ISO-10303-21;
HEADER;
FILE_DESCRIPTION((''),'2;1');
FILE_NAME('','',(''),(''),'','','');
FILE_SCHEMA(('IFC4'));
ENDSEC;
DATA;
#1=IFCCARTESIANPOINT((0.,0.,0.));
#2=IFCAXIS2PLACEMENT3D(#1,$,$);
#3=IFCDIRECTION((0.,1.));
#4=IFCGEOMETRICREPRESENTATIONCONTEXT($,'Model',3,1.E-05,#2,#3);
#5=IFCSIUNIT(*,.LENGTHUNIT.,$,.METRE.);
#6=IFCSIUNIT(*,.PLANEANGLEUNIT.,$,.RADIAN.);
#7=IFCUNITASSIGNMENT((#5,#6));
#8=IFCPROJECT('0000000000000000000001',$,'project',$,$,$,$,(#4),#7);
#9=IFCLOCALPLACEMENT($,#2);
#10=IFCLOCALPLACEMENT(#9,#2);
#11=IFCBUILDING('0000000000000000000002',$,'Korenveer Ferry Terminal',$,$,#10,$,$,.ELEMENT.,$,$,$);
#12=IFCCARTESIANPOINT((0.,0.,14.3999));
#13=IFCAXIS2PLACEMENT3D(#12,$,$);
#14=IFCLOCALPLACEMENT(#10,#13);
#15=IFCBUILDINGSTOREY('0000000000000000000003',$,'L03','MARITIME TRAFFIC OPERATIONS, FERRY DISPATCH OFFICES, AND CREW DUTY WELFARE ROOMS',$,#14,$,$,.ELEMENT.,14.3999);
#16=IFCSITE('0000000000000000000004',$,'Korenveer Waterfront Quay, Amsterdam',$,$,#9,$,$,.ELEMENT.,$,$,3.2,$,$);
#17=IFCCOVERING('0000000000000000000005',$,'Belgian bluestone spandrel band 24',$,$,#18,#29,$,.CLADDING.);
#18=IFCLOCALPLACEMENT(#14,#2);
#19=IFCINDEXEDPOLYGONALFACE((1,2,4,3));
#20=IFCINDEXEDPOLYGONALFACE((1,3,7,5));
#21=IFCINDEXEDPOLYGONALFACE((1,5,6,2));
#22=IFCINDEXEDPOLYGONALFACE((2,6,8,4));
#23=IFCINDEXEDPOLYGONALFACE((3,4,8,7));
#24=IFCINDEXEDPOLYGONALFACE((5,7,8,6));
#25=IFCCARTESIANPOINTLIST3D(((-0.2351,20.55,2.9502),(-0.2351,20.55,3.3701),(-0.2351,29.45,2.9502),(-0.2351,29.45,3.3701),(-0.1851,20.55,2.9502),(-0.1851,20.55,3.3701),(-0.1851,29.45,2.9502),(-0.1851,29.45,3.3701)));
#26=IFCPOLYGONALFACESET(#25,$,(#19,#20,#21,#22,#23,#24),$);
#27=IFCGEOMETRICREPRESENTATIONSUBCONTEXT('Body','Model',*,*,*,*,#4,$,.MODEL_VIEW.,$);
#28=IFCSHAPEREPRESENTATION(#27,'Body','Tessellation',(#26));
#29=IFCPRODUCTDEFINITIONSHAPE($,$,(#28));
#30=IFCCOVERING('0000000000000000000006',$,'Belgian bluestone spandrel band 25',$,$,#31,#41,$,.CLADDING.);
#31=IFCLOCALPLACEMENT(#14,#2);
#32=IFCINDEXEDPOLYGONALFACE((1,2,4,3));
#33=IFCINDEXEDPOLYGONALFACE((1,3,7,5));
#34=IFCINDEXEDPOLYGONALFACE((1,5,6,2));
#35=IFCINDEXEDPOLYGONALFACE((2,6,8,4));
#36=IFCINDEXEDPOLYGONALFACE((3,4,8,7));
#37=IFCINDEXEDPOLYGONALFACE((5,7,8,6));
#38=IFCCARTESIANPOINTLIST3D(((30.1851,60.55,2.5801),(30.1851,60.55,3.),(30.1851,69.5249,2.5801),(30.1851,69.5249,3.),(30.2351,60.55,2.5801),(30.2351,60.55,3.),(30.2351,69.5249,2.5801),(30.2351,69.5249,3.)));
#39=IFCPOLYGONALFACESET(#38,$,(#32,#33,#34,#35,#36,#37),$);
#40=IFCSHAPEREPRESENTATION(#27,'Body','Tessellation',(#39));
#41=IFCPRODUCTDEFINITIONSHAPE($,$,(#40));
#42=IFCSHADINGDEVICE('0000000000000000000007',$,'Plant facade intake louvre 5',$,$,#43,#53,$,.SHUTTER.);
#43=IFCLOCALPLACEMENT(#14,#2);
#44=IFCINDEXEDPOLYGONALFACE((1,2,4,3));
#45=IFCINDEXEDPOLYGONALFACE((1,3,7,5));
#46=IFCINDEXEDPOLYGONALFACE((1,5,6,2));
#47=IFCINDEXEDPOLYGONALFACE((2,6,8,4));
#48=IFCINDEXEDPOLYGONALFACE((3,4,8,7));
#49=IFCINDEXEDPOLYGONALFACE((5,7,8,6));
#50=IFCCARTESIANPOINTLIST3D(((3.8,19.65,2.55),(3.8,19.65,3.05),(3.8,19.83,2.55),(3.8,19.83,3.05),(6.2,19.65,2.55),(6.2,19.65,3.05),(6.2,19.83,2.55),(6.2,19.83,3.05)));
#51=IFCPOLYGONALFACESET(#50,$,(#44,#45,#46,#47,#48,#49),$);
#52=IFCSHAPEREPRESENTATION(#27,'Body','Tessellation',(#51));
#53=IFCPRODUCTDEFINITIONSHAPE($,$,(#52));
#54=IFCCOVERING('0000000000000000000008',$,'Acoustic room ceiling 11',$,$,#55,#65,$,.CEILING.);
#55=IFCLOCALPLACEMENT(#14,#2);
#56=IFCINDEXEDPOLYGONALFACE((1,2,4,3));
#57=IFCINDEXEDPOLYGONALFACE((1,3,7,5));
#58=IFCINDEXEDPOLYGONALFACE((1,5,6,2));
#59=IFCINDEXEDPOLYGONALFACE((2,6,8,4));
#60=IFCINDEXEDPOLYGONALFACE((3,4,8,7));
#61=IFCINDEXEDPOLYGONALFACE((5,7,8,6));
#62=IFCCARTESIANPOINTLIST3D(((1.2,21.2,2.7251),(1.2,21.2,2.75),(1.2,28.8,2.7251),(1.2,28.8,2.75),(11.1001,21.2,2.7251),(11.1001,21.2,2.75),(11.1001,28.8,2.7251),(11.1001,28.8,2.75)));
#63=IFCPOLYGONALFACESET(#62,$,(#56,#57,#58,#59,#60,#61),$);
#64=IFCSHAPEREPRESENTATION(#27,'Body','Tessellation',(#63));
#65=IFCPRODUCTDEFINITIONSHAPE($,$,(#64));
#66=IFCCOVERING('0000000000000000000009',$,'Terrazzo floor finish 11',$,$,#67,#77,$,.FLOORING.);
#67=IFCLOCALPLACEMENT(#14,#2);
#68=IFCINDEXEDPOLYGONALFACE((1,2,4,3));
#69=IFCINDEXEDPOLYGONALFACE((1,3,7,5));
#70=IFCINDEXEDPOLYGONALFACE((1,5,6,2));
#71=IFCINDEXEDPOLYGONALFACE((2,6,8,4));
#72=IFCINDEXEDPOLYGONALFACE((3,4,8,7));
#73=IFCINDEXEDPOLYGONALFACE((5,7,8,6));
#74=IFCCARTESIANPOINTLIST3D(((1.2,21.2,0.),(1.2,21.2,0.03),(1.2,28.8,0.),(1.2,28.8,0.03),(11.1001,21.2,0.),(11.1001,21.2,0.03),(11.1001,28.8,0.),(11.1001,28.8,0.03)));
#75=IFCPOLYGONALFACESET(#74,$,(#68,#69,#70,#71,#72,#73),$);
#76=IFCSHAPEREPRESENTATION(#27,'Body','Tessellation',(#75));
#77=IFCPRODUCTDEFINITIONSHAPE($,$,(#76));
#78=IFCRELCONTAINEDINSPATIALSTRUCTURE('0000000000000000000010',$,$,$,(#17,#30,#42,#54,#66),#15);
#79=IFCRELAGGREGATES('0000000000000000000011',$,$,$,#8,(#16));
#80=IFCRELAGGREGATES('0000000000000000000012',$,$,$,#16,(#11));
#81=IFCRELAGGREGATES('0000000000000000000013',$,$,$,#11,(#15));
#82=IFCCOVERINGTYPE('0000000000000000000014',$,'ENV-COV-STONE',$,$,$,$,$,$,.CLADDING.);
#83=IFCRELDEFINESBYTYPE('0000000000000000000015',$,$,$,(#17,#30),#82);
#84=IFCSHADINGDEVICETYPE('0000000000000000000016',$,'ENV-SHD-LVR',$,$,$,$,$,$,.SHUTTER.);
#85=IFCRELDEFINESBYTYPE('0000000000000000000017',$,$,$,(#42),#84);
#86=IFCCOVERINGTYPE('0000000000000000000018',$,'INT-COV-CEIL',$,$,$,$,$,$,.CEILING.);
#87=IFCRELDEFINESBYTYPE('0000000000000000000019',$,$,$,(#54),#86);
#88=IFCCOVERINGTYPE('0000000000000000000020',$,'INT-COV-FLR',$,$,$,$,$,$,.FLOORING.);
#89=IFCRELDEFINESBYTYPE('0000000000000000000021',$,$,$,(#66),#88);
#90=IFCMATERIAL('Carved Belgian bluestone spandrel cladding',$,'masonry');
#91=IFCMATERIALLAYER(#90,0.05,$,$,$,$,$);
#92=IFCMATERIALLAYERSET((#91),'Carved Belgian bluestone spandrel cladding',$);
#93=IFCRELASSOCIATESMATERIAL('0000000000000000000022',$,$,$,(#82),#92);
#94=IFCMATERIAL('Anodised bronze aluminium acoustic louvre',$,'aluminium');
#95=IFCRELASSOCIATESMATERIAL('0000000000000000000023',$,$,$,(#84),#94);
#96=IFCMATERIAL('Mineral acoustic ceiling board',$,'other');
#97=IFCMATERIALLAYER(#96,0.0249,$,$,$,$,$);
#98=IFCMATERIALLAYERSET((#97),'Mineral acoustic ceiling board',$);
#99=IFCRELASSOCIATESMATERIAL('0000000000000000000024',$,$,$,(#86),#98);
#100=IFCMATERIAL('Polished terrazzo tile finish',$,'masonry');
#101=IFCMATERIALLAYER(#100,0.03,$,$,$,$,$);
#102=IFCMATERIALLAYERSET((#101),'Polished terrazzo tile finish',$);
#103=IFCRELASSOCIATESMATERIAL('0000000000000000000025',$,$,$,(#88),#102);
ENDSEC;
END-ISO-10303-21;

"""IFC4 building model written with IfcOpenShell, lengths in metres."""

from ifc_helpers import new_model, si_unit, direction, frame, origin, origin_2d, place, context, subcontext, project, spatial, polyline, rectangle, outline, extrude, material, layer, layer_set, type_object, element, save


model = new_model("IFC4")

# Units and contexts
model_context = context("Model", 3, precision=1e-05, world=origin(), true_north=direction((0.0, 1.0)))
body_context = subcontext(model_context, "Body", "Model", "MODEL_VIEW")
ifc_project = project(units=[si_unit("LENGTHUNIT", "METRE"), si_unit("PLANEANGLEUNIT", "RADIAN")], contexts=[model_context])

# Site, building, storey
site_placement = place(None, origin())
site = spatial("IfcSite", under=ifc_project, at=site_placement, Name="Korenveer Waterfront Quay, Amsterdam", CompositionType="ELEMENT", RefElevation=3.2)
building_placement = place(site_placement, origin())
building = spatial("IfcBuilding", under=site, at=building_placement, Name="Korenveer Ferry Terminal", CompositionType="ELEMENT")
storey_placement = place(building_placement, frame((0.0, 0.0, 14.3999)))
storey = spatial("IfcBuildingStorey", under=building, at=storey_placement, Name="L03", Description="MARITIME TRAFFIC OPERATIONS, FERRY DISPATCH OFFICES, AND CREW DUTY WELFARE ROOMS", CompositionType="ELEMENT", Elevation=14.3999)

# Coverings
ifc_material_1 = material(Name="Carved Belgian bluestone spandrel cladding", Category="masonry")
ifc_layer_1 = layer(ifc_material_1, 0.05)
ifc_layer_set_1 = layer_set([ifc_layer_1], Name="Carved Belgian bluestone spandrel cladding")
covering_type_1 = type_object("IfcCoveringType", Name="ENV-COV-STONE", PredefinedType="CLADDING", material=ifc_layer_set_1)
covering_1_placement = place(storey_placement, frame((0.0, 0.0, 2.9502)))
element("IfcCovering", 1, at=covering_1_placement, inside=storey, type_object=covering_type_1, Name="Belgian bluestone spandrel band 24", PredefinedType="CLADDING", context=body_context, shape_type="SweptSolid", body=[
    extrude(outline(polyline([(-0.2351, 20.55), (-0.1851, 20.55), (-0.1851, 29.45), (-0.2351, 29.45), (-0.2351, 20.55)])), origin(), (0.0, 0.0, 1.0), 0.4199),
])
covering_2_placement = place(storey_placement, frame((0.0, 0.0, 2.5801)))
element("IfcCovering", 2, at=covering_2_placement, inside=storey, type_object=covering_type_1, Name="Belgian bluestone spandrel band 25", PredefinedType="CLADDING", context=body_context, shape_type="SweptSolid", body=[
    extrude(outline(polyline([(30.1851, 60.55), (30.2351, 60.55), (30.2351, 69.5249), (30.1851, 69.5249), (30.1851, 60.55)])), origin(), (0.0, 0.0, 1.0), 0.4199),
])

# Shading device
ifc_material_2 = material(Name="Anodised bronze aluminium acoustic louvre", Category="aluminium")
shading_device_type = type_object("IfcShadingDeviceType", Name="ENV-SHD-LVR", PredefinedType="SHUTTER", material=ifc_material_2)
shading_device_placement = place(storey_placement, frame((5.0, 19.74, 2.55), z_axis=(0.0, 0.0, 1.0), x_axis=(1.0, 0.0, 0.0)))
element("IfcShadingDevice", 3, at=shading_device_placement, inside=storey, type_object=shading_device_type, Name="Plant facade intake louvre 5", PredefinedType="SHUTTER", context=body_context, shape_type="SweptSolid", body=[
    extrude(rectangle(XDim=2.3999, YDim=0.1799, at=origin_2d()), origin(), (0.0, 0.0, 1.0), 0.5),
])

# Coverings
ifc_material_3 = material(Name="Mineral acoustic ceiling board", Category="other")
ifc_layer_2 = layer(ifc_material_3, 0.0249)
ifc_layer_set_2 = layer_set([ifc_layer_2], Name="Mineral acoustic ceiling board")
covering_type_2 = type_object("IfcCoveringType", Name="INT-COV-CEIL", PredefinedType="CEILING", material=ifc_layer_set_2)
covering_3_placement = place(storey_placement, frame((0.0, 0.0, 2.7251)))
element("IfcCovering", 4, at=covering_3_placement, inside=storey, type_object=covering_type_2, Name="Acoustic room ceiling 11", PredefinedType="CEILING", context=body_context, shape_type="SweptSolid", body=[
    extrude(outline(polyline([(1.2, 21.2), (11.1001, 21.2), (11.1001, 28.8), (1.2, 28.8), (1.2, 21.2)])), origin(), (0.0, 0.0, 1.0), 0.0249),
])
ifc_material_4 = material(Name="Polished terrazzo tile finish", Category="masonry")
ifc_layer_3 = layer(ifc_material_4, 0.03)
ifc_layer_set_3 = layer_set([ifc_layer_3], Name="Polished terrazzo tile finish")
covering_type_3 = type_object("IfcCoveringType", Name="INT-COV-FLR", PredefinedType="FLOORING", material=ifc_layer_set_3)
covering_4_placement = place(storey_placement, origin())
element("IfcCovering", 5, at=covering_4_placement, inside=storey, type_object=covering_type_3, Name="Terrazzo floor finish 11", PredefinedType="FLOORING", context=body_context, shape_type="SweptSolid", body=[
    extrude(outline(polyline([(1.2, 21.2), (11.1001, 21.2), (11.1001, 28.8), (1.2, 28.8), (1.2, 21.2)])), origin(), (0.0, 0.0, 1.0), 0.03),
])

save(model, "model.ifc")
